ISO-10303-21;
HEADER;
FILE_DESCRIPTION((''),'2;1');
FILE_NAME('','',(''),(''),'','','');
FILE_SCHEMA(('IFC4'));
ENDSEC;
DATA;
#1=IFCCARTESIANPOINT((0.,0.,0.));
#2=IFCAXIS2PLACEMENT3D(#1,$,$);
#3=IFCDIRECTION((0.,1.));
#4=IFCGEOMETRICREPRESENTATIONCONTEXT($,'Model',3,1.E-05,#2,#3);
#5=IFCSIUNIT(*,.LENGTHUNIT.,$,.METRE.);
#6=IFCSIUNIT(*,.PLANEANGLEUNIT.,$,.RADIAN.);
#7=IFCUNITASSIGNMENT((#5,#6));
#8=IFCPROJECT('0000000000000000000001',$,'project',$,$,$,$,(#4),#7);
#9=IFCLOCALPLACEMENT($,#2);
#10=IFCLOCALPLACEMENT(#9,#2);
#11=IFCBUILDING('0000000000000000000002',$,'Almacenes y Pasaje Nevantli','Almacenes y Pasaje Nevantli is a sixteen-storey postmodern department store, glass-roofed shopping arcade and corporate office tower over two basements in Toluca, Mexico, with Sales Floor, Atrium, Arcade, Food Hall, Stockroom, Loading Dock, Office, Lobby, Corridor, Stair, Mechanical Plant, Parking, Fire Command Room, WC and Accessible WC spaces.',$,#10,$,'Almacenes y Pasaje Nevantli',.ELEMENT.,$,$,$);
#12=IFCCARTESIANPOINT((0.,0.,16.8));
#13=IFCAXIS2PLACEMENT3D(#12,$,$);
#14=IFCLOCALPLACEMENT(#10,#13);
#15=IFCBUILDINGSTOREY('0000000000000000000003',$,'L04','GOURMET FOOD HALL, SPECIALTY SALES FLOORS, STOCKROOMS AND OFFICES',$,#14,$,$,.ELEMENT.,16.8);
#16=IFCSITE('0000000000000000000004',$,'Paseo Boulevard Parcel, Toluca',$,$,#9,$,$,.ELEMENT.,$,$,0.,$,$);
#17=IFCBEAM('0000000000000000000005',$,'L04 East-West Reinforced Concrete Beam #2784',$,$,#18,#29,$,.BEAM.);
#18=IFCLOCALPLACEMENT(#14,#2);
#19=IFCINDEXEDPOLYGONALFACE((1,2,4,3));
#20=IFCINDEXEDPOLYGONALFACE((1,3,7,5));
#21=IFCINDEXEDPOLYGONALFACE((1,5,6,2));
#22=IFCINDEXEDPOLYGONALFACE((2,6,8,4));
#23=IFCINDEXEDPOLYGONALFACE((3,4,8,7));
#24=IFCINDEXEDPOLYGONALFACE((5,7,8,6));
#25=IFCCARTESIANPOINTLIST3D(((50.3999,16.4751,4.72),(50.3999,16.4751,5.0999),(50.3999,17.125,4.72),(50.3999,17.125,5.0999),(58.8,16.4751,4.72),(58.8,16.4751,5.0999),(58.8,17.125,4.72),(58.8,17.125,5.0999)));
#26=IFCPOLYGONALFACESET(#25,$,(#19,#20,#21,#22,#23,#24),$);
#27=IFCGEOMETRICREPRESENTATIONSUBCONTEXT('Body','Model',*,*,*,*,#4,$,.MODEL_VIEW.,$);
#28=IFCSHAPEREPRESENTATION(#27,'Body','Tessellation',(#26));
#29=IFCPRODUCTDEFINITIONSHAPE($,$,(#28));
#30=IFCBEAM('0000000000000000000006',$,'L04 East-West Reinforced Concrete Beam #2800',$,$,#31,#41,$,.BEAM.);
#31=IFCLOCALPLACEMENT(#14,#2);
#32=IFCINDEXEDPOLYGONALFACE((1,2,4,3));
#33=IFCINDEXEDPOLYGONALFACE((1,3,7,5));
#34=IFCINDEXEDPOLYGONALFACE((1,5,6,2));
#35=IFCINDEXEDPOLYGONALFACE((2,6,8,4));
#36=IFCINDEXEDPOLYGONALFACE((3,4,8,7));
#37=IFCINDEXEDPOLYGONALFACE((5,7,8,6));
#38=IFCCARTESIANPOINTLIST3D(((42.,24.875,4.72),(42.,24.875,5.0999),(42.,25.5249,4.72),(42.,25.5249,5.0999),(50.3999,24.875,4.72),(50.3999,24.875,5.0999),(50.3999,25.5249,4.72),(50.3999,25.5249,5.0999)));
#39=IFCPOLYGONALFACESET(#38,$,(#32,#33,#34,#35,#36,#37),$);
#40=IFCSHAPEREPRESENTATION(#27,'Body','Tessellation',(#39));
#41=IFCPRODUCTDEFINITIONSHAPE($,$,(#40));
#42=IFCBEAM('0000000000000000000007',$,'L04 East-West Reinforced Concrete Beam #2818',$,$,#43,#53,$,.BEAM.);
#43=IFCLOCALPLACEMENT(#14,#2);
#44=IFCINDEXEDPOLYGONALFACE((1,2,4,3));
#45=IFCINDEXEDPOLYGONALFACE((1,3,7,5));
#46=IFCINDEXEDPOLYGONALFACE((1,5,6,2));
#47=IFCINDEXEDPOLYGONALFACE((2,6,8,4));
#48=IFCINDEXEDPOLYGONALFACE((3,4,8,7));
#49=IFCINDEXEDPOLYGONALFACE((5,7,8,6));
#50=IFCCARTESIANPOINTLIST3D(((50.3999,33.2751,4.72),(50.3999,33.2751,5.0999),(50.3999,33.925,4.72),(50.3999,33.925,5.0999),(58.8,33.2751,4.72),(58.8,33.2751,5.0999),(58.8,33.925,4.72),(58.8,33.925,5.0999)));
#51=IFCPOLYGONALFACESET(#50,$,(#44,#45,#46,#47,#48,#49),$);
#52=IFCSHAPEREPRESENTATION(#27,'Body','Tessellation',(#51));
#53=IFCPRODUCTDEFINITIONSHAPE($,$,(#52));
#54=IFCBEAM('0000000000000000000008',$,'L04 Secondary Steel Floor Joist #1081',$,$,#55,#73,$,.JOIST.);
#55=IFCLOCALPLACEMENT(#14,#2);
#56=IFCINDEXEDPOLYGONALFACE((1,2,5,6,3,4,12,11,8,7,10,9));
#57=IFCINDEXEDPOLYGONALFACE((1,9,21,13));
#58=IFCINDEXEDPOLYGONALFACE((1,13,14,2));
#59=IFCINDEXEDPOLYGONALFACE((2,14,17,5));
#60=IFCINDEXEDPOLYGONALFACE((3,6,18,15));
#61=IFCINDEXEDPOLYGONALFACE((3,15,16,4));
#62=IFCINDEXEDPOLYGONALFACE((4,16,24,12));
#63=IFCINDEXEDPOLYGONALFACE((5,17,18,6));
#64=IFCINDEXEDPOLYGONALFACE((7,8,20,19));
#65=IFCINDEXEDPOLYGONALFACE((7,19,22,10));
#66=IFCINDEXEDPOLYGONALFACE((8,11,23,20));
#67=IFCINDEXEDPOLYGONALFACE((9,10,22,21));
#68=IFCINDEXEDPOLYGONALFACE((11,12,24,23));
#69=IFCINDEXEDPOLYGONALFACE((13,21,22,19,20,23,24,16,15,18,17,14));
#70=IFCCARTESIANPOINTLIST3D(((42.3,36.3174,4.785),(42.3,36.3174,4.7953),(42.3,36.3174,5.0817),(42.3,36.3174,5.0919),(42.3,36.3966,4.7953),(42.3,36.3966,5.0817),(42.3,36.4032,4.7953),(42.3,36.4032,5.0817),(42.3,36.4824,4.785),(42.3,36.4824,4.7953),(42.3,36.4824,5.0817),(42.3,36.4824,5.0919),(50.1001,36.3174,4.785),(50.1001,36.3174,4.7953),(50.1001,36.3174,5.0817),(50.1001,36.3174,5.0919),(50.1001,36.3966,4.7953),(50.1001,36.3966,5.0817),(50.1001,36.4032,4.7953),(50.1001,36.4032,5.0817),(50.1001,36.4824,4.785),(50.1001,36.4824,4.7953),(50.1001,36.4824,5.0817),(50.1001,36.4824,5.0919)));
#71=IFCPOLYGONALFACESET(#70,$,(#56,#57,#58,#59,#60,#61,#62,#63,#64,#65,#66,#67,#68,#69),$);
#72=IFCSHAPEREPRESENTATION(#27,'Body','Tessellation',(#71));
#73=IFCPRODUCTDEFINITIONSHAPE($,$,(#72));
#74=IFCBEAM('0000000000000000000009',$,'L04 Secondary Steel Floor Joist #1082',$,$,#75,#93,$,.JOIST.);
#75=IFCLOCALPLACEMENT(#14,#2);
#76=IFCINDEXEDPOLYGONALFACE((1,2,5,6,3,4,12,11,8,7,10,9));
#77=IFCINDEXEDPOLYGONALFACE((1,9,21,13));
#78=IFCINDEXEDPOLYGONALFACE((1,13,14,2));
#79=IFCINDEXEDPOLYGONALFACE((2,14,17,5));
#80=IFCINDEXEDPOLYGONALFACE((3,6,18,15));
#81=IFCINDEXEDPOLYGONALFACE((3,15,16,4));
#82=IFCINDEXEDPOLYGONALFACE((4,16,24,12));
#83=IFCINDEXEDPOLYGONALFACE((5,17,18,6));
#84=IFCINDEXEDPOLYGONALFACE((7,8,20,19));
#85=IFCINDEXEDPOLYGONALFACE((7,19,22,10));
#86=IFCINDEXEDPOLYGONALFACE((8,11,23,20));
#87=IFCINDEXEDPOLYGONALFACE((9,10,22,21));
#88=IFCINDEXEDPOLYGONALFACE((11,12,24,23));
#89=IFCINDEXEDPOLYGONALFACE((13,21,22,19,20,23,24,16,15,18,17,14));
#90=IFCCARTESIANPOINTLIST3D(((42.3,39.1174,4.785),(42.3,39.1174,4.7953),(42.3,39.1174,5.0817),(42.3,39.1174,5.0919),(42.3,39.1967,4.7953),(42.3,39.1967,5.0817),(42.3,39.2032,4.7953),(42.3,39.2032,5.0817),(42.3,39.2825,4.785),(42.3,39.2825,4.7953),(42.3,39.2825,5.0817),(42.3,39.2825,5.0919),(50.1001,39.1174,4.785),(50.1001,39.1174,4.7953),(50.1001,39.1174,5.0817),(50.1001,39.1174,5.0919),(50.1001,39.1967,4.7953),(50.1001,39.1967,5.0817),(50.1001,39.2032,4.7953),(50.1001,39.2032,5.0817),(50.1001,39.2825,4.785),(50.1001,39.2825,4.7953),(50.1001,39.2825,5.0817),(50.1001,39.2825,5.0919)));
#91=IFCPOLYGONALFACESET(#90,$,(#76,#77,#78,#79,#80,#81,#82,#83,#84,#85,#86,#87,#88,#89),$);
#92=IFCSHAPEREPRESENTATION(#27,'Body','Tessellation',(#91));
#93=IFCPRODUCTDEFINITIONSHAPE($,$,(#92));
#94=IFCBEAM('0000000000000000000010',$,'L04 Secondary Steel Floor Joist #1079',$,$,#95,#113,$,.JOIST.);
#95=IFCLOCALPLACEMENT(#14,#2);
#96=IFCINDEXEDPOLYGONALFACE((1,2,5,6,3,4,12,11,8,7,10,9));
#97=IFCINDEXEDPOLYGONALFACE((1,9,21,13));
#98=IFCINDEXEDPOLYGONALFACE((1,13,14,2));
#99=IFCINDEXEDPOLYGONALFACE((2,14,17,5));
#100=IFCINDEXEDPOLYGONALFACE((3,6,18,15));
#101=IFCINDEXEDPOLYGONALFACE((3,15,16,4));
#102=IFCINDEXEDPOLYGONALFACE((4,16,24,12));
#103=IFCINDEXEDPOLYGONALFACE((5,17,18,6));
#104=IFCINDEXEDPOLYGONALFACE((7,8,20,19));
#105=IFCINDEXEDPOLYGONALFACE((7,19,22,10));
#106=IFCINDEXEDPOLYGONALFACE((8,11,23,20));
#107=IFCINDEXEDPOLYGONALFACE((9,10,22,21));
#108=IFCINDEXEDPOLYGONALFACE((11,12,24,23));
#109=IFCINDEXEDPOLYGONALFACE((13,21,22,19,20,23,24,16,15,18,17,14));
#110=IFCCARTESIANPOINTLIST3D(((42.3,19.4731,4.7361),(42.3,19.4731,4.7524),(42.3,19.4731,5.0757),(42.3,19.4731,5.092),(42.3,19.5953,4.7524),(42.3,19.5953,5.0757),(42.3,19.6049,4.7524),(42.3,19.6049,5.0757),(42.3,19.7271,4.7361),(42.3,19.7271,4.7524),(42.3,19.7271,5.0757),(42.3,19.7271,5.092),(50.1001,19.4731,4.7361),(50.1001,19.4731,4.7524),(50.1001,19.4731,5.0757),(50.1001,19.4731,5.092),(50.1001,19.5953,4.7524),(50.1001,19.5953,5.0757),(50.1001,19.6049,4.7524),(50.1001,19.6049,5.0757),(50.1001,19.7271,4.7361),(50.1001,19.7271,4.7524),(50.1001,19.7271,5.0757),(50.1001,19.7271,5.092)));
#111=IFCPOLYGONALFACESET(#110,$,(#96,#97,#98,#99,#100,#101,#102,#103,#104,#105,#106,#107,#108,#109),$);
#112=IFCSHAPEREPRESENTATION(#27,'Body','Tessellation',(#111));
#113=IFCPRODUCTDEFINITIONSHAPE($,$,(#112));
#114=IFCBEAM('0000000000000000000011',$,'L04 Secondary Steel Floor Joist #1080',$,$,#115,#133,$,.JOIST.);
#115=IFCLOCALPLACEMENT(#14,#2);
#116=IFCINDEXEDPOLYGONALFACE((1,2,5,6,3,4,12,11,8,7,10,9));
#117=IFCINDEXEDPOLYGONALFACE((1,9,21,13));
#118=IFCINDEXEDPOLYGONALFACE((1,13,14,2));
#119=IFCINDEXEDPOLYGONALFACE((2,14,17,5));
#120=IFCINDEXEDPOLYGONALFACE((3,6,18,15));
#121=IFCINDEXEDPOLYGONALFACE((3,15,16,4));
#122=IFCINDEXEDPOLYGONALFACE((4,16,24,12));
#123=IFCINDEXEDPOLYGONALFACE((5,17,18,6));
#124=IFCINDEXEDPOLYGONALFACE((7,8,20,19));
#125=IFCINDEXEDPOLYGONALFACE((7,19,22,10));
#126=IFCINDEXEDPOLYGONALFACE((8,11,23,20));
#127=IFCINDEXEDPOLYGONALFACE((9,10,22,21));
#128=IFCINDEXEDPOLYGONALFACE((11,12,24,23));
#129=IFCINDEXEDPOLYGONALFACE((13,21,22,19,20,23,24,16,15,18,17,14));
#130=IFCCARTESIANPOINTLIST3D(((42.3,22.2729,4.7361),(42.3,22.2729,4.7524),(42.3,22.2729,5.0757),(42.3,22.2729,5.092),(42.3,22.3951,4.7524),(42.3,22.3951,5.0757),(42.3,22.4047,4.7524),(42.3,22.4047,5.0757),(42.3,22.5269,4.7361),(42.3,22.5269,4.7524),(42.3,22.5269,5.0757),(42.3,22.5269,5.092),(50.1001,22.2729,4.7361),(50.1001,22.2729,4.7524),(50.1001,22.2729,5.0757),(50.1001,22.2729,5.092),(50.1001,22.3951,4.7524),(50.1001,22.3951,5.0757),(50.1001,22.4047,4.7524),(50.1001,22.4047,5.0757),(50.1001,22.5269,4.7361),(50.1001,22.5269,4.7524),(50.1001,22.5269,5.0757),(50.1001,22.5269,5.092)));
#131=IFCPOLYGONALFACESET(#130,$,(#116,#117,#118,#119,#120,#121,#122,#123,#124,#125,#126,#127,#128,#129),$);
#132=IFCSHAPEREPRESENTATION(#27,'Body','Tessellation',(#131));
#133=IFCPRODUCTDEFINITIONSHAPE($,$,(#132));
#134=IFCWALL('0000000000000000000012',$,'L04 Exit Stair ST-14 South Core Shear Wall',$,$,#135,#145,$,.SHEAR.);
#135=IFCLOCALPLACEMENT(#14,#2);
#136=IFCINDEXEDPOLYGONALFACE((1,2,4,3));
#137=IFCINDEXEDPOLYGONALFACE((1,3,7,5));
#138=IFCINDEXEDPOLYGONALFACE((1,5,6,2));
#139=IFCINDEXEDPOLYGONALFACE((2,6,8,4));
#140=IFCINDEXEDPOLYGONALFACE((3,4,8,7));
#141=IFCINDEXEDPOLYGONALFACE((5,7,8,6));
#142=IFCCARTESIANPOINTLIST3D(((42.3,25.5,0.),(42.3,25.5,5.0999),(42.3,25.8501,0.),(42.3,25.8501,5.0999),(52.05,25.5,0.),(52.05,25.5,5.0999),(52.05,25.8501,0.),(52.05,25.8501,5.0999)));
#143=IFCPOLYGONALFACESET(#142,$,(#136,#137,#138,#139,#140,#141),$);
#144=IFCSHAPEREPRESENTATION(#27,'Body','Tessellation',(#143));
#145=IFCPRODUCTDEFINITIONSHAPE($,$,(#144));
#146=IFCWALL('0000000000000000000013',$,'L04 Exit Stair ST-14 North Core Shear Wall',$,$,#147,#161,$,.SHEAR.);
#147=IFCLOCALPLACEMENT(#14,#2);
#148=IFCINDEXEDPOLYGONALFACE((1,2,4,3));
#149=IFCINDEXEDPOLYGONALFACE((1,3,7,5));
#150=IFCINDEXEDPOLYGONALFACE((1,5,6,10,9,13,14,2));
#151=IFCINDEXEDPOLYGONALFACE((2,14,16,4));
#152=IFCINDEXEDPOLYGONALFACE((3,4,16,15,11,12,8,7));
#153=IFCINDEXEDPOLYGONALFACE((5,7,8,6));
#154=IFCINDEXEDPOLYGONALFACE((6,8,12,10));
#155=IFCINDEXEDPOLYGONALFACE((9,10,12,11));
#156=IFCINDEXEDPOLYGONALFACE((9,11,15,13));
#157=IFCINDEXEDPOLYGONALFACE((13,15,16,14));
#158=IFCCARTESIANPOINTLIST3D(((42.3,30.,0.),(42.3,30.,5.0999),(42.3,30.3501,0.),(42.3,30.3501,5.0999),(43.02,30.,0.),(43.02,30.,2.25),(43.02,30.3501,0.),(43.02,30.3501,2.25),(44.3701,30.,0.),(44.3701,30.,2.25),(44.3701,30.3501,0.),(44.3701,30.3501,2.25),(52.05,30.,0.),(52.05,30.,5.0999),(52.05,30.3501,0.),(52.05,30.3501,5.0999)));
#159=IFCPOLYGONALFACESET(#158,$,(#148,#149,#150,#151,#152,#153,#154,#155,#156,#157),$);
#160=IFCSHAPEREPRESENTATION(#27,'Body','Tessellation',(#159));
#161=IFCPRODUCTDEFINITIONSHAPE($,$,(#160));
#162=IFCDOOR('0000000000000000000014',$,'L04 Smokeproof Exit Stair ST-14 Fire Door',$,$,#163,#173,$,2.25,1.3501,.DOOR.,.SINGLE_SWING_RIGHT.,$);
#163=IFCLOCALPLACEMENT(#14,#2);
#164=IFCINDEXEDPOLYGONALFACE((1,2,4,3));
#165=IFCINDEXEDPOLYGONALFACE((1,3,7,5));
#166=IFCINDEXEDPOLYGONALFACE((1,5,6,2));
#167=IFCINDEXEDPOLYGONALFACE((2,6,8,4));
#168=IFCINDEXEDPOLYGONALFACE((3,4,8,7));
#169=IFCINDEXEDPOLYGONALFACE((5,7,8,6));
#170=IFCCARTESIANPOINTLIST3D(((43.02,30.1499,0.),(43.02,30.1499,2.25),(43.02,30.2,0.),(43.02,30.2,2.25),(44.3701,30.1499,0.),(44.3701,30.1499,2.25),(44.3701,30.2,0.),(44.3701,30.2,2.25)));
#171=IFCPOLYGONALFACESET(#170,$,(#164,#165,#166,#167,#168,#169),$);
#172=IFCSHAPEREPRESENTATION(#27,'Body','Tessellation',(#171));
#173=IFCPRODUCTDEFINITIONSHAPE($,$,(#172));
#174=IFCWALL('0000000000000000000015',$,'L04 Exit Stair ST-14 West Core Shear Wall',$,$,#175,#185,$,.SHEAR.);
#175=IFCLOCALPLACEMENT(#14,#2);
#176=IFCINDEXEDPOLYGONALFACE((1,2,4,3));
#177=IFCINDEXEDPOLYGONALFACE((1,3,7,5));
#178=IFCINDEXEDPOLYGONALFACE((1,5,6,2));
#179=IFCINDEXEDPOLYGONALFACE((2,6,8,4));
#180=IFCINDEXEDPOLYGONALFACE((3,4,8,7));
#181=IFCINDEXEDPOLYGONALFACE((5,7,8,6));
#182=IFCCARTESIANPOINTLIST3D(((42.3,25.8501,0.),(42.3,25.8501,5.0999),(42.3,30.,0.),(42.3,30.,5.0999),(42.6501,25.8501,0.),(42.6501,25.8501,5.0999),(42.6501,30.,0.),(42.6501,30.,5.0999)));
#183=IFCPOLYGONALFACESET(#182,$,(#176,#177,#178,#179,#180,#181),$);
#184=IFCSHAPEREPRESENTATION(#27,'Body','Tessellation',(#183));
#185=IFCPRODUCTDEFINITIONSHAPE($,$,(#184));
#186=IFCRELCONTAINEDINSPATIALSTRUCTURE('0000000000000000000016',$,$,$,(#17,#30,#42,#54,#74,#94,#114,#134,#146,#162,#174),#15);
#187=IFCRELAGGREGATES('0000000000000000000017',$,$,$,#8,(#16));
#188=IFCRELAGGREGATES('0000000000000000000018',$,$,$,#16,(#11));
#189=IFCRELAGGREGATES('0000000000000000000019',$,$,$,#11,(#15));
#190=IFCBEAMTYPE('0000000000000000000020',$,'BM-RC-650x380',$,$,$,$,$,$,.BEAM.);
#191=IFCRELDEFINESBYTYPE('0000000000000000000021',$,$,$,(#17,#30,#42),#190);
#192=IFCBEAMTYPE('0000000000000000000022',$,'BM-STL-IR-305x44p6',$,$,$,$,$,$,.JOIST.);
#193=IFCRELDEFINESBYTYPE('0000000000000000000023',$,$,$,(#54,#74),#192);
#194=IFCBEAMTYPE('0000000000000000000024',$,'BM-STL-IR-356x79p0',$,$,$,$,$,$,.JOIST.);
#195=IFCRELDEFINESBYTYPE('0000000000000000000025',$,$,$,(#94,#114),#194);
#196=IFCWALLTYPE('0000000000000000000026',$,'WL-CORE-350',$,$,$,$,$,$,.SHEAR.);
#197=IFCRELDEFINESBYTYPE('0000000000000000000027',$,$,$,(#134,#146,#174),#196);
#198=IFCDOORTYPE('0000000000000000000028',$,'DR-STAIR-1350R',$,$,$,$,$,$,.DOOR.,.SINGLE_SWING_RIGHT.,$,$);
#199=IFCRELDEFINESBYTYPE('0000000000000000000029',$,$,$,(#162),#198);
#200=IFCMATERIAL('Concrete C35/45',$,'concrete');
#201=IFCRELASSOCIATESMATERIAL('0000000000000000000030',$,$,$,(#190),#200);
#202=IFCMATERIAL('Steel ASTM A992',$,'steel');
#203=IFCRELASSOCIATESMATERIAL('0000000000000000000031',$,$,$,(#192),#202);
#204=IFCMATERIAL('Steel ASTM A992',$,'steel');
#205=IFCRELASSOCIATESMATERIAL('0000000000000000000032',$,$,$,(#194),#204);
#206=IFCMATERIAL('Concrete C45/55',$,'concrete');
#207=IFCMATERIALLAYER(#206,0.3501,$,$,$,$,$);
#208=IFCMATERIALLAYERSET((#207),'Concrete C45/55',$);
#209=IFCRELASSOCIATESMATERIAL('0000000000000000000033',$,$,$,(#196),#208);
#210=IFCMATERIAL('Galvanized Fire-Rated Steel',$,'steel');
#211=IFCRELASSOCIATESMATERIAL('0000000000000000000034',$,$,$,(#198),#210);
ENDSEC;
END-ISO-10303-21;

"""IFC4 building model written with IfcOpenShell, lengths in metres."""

from ifc_helpers import new_model, si_unit, direction, frame, frame_2d, origin, origin_2d, place, context, subcontext, project, spatial, rectangle, i_section, extrude, material, layer, layer_set, material_profile, profile_set, type_object, element, fill, save


model = new_model("IFC4")

# Units and contexts
model_context = context("Model", 3, precision=1e-05, world=origin(), true_north=direction((0.0, 1.0)))
body_context = subcontext(model_context, "Body", "Model", "MODEL_VIEW")
ifc_project = project(units=[si_unit("LENGTHUNIT", "METRE"), si_unit("PLANEANGLEUNIT", "RADIAN")], contexts=[model_context])

# Site, building, storey
site_placement = place(None, origin())
site = spatial("IfcSite", under=ifc_project, at=site_placement, Name="Paseo Boulevard Parcel, Toluca", CompositionType="ELEMENT", RefElevation=0.0)
building_placement = place(site_placement, origin())
building = spatial("IfcBuilding", under=site, at=building_placement, Name="Almacenes y Pasaje Nevantli", Description="Almacenes y Pasaje Nevantli is a sixteen-storey postmodern department store, glass-roofed shopping arcade and corporate office tower over two basements in Toluca, Mexico, with Sales Floor, Atrium, Arcade, Food Hall, Stockroom, Loading Dock, Office, Lobby, Corridor, Stair, Mechanical Plant, Parking, Fire Command Room, WC and Accessible WC spaces.", LongName="Almacenes y Pasaje Nevantli", CompositionType="ELEMENT")
storey_placement = place(building_placement, frame((0.0, 0.0, 16.8)))
storey = spatial("IfcBuildingStorey", under=building, at=storey_placement, Name="L04", Description="GOURMET FOOD HALL, SPECIALTY SALES FLOORS, STOCKROOMS AND OFFICES", CompositionType="ELEMENT", Elevation=16.8)

# Beams
ifc_material_1 = material(Name="Concrete C35/45", Category="concrete")
ifc_material_profile_1 = material_profile(ifc_material_1, rectangle(XDim=0.6499, YDim=0.3799, at=origin_2d()), Name="RC-BM-650x380")
ifc_profile_set_1 = profile_set([ifc_material_profile_1], Name="Concrete C35/45")
beam_type_1 = type_object("IfcBeamType", Name="BM-RC-650x380", PredefinedType="BEAM", material=ifc_profile_set_1)
beam_1_placement = place(storey_placement, frame((50.3999, 16.8, 4.9099), z_axis=(1.0, 0.0, 0.0), x_axis=(0.0, 1.0, 0.0)))
element("IfcBeam", 1, at=beam_1_placement, inside=storey, type_object=beam_type_1, Name="L04 East-West Reinforced Concrete Beam #2784", PredefinedType="BEAM", context=body_context, shape_type="SweptSolid", body=[
    extrude(rectangle(XDim=0.6499, YDim=0.3799, at=origin_2d()), origin(), (0.0, 0.0, 1.0), 8.4001),
])
beam_2_placement = place(storey_placement, frame((42.0, 25.2, 4.9099), z_axis=(1.0, 0.0, 0.0), x_axis=(0.0, 1.0, 0.0)))
element("IfcBeam", 2, at=beam_2_placement, inside=storey, type_object=beam_type_1, Name="L04 East-West Reinforced Concrete Beam #2800", PredefinedType="BEAM", context=body_context, shape_type="SweptSolid", body=[
    extrude(rectangle(XDim=0.6499, YDim=0.3799, at=origin_2d()), origin(), (0.0, 0.0, 1.0), 8.3999),
])
beam_3_placement = place(storey_placement, frame((50.3999, 33.6001, 4.9099), z_axis=(1.0, 0.0, 0.0), x_axis=(0.0, 1.0, 0.0)))
element("IfcBeam", 3, at=beam_3_placement, inside=storey, type_object=beam_type_1, Name="L04 East-West Reinforced Concrete Beam #2818", PredefinedType="BEAM", context=body_context, shape_type="SweptSolid", body=[
    extrude(rectangle(XDim=0.6499, YDim=0.3799, at=origin_2d()), origin(), (0.0, 0.0, 1.0), 8.4001),
])
ifc_material_2 = material(Name="Steel ASTM A992", Category="steel")
ifc_material_profile_2 = material_profile(ifc_material_2, i_section(OverallWidth=0.165, OverallDepth=0.3069, WebThickness=0.0066, FlangeThickness=0.0103, at=origin_2d()), Name="IR 305x44.6")
ifc_profile_set_2 = profile_set([ifc_material_profile_2], Name="Steel ASTM A992")
beam_type_2 = type_object("IfcBeamType", Name="BM-STL-IR-305x44p6", PredefinedType="JOIST", material=ifc_profile_set_2)
for number, where, z_axis, x_axis, name in (
    (4, (42.3, 36.3999, 4.9385), (1.0, 0.0, 0.0), (0.0, 1.0, 0.0), "L04 Secondary Steel Floor Joist #1081"),
    (5, (42.3, 39.2, 4.9385), (1.0, 0.0, 0.0), (0.0, 1.0, 0.0), "L04 Secondary Steel Floor Joist #1082"),
):
    element("IfcBeam", number, at=place(storey_placement, frame(where, z_axis=z_axis, x_axis=x_axis)), inside=storey, type_object=beam_type_2, Name=name, PredefinedType="JOIST", context=body_context, shape_type="SweptSolid", body=[
        extrude(i_section(OverallWidth=0.165, OverallDepth=0.3069, WebThickness=0.0066, FlangeThickness=0.0103, at=origin_2d()), origin(), (0.0, 0.0, 1.0), 7.8),
    ])
ifc_material_3 = material(Name="Steel ASTM A992", Category="steel")
ifc_material_profile_3 = material_profile(ifc_material_3, i_section(OverallWidth=0.2539, OverallDepth=0.356, WebThickness=0.0095, FlangeThickness=0.0164, at=origin_2d()), Name="IR 356x79.0")
ifc_profile_set_3 = profile_set([ifc_material_profile_3], Name="Steel ASTM A992")
beam_type_3 = type_object("IfcBeamType", Name="BM-STL-IR-356x79p0", PredefinedType="JOIST", material=ifc_profile_set_3)
for number, where, z_axis, x_axis, name in (
    (6, (42.3, 19.6001, 4.9141), (1.0, 0.0, 0.0), (0.0, 1.0, 0.0), "L04 Secondary Steel Floor Joist #1079"),
    (7, (42.3, 22.3999, 4.9141), (1.0, 0.0, 0.0), (0.0, 1.0, 0.0), "L04 Secondary Steel Floor Joist #1080"),
):
    element("IfcBeam", number, at=place(storey_placement, frame(where, z_axis=z_axis, x_axis=x_axis)), inside=storey, type_object=beam_type_3, Name=name, PredefinedType="JOIST", context=body_context, shape_type="SweptSolid", body=[
        extrude(i_section(OverallWidth=0.2539, OverallDepth=0.356, WebThickness=0.0095, FlangeThickness=0.0164, at=origin_2d()), origin(), (0.0, 0.0, 1.0), 7.8),
    ])

# Wall
ifc_material_4 = material(Name="Concrete C45/55", Category="concrete")
ifc_layer_1 = layer(ifc_material_4, 0.3501)
ifc_layer_set_1 = layer_set([ifc_layer_1], Name="Concrete C45/55")
wall_type = type_object("IfcWallType", Name="WL-CORE-350", PredefinedType="SHEAR", material=ifc_layer_set_1)
wall_1_placement = place(storey_placement, frame((42.3, 25.675, 0.0), z_axis=(0.0, 0.0, 1.0), x_axis=(1.0, 0.0, 0.0)))
element("IfcWall", 8, at=wall_1_placement, inside=storey, type_object=wall_type, Name="L04 Exit Stair ST-14 South Core Shear Wall", PredefinedType="SHEAR", context=body_context, shape_type="SweptSolid", body=[
    extrude(rectangle(XDim=9.75, YDim=0.3501, at=frame_2d((4.875, 0.0))), origin(), (0.0, 0.0, 1.0), 5.0999),
])

# Wall, opening, door
wall_2_placement = place(storey_placement, frame((42.3, 30.175, 0.0), z_axis=(0.0, 0.0, 1.0), x_axis=(1.0, 0.0, 0.0)))
wall_2 = element("IfcWall", 9, at=wall_2_placement, inside=storey, type_object=wall_type, Name="L04 Exit Stair ST-14 North Core Shear Wall", PredefinedType="SHEAR", context=body_context, shape_type="SweptSolid", body=[
    extrude(rectangle(XDim=9.75, YDim=0.3501, at=frame_2d((4.875, 0.0))), origin(), (0.0, 0.0, 1.0), 5.0999),
])
opening_placement = place(wall_2_placement, frame((0.72, 0.0, 0.0)))
opening = element("IfcOpeningElement", 10, at=opening_placement, cuts=wall_2, PredefinedType="OPENING", context=body_context, shape_type="SweptSolid", body=[
    extrude(rectangle(XDim=1.3501, YDim=2.25, at=frame_2d((0.675, 1.125))), frame((0.0, 0.1851, 0.0), z_axis=(0.0, -1.0, 0.0), x_axis=(1.0, 0.0, 0.0)), (0.0, 0.0, 1.0), 0.3701),
])
ifc_material_5 = material(Name="Galvanized Fire-Rated Steel", Category="steel")
door_type = type_object("IfcDoorType", Name="DR-STAIR-1350R", OperationType="SINGLE_SWING_RIGHT", PredefinedType="DOOR", material=ifc_material_5)
door_placement = place(opening_placement, origin())
door = element("IfcDoor", 11, at=door_placement, inside=storey, type_object=door_type, Name="L04 Smokeproof Exit Stair ST-14 Fire Door", OperationType="SINGLE_SWING_RIGHT", OverallHeight=2.25, OverallWidth=1.3501, PredefinedType="DOOR", context=body_context, shape_type="SweptSolid", body=[
    extrude(rectangle(XDim=1.3501, YDim=2.25, at=frame_2d((0.675, 1.125))), frame((0.0, 0.0249, 0.0), z_axis=(0.0, -1.0, 0.0), x_axis=(1.0, 0.0, 0.0)), (0.0, 0.0, 1.0), 0.05),
])
fill(opening, door)

# Wall
wall_3_placement = place(storey_placement, frame((42.4751, 25.8501, 0.0), z_axis=(0.0, 0.0, 1.0), x_axis=(0.0, 1.0, 0.0)))
element("IfcWall", 12, at=wall_3_placement, inside=storey, type_object=wall_type, Name="L04 Exit Stair ST-14 West Core Shear Wall", PredefinedType="SHEAR", context=body_context, shape_type="SweptSolid", body=[
    extrude(rectangle(XDim=4.1499, YDim=0.3501, at=frame_2d((2.075, 0.0))), origin(), (0.0, 0.0, 1.0), 5.0999),
])

save(model, "model.ifc")
